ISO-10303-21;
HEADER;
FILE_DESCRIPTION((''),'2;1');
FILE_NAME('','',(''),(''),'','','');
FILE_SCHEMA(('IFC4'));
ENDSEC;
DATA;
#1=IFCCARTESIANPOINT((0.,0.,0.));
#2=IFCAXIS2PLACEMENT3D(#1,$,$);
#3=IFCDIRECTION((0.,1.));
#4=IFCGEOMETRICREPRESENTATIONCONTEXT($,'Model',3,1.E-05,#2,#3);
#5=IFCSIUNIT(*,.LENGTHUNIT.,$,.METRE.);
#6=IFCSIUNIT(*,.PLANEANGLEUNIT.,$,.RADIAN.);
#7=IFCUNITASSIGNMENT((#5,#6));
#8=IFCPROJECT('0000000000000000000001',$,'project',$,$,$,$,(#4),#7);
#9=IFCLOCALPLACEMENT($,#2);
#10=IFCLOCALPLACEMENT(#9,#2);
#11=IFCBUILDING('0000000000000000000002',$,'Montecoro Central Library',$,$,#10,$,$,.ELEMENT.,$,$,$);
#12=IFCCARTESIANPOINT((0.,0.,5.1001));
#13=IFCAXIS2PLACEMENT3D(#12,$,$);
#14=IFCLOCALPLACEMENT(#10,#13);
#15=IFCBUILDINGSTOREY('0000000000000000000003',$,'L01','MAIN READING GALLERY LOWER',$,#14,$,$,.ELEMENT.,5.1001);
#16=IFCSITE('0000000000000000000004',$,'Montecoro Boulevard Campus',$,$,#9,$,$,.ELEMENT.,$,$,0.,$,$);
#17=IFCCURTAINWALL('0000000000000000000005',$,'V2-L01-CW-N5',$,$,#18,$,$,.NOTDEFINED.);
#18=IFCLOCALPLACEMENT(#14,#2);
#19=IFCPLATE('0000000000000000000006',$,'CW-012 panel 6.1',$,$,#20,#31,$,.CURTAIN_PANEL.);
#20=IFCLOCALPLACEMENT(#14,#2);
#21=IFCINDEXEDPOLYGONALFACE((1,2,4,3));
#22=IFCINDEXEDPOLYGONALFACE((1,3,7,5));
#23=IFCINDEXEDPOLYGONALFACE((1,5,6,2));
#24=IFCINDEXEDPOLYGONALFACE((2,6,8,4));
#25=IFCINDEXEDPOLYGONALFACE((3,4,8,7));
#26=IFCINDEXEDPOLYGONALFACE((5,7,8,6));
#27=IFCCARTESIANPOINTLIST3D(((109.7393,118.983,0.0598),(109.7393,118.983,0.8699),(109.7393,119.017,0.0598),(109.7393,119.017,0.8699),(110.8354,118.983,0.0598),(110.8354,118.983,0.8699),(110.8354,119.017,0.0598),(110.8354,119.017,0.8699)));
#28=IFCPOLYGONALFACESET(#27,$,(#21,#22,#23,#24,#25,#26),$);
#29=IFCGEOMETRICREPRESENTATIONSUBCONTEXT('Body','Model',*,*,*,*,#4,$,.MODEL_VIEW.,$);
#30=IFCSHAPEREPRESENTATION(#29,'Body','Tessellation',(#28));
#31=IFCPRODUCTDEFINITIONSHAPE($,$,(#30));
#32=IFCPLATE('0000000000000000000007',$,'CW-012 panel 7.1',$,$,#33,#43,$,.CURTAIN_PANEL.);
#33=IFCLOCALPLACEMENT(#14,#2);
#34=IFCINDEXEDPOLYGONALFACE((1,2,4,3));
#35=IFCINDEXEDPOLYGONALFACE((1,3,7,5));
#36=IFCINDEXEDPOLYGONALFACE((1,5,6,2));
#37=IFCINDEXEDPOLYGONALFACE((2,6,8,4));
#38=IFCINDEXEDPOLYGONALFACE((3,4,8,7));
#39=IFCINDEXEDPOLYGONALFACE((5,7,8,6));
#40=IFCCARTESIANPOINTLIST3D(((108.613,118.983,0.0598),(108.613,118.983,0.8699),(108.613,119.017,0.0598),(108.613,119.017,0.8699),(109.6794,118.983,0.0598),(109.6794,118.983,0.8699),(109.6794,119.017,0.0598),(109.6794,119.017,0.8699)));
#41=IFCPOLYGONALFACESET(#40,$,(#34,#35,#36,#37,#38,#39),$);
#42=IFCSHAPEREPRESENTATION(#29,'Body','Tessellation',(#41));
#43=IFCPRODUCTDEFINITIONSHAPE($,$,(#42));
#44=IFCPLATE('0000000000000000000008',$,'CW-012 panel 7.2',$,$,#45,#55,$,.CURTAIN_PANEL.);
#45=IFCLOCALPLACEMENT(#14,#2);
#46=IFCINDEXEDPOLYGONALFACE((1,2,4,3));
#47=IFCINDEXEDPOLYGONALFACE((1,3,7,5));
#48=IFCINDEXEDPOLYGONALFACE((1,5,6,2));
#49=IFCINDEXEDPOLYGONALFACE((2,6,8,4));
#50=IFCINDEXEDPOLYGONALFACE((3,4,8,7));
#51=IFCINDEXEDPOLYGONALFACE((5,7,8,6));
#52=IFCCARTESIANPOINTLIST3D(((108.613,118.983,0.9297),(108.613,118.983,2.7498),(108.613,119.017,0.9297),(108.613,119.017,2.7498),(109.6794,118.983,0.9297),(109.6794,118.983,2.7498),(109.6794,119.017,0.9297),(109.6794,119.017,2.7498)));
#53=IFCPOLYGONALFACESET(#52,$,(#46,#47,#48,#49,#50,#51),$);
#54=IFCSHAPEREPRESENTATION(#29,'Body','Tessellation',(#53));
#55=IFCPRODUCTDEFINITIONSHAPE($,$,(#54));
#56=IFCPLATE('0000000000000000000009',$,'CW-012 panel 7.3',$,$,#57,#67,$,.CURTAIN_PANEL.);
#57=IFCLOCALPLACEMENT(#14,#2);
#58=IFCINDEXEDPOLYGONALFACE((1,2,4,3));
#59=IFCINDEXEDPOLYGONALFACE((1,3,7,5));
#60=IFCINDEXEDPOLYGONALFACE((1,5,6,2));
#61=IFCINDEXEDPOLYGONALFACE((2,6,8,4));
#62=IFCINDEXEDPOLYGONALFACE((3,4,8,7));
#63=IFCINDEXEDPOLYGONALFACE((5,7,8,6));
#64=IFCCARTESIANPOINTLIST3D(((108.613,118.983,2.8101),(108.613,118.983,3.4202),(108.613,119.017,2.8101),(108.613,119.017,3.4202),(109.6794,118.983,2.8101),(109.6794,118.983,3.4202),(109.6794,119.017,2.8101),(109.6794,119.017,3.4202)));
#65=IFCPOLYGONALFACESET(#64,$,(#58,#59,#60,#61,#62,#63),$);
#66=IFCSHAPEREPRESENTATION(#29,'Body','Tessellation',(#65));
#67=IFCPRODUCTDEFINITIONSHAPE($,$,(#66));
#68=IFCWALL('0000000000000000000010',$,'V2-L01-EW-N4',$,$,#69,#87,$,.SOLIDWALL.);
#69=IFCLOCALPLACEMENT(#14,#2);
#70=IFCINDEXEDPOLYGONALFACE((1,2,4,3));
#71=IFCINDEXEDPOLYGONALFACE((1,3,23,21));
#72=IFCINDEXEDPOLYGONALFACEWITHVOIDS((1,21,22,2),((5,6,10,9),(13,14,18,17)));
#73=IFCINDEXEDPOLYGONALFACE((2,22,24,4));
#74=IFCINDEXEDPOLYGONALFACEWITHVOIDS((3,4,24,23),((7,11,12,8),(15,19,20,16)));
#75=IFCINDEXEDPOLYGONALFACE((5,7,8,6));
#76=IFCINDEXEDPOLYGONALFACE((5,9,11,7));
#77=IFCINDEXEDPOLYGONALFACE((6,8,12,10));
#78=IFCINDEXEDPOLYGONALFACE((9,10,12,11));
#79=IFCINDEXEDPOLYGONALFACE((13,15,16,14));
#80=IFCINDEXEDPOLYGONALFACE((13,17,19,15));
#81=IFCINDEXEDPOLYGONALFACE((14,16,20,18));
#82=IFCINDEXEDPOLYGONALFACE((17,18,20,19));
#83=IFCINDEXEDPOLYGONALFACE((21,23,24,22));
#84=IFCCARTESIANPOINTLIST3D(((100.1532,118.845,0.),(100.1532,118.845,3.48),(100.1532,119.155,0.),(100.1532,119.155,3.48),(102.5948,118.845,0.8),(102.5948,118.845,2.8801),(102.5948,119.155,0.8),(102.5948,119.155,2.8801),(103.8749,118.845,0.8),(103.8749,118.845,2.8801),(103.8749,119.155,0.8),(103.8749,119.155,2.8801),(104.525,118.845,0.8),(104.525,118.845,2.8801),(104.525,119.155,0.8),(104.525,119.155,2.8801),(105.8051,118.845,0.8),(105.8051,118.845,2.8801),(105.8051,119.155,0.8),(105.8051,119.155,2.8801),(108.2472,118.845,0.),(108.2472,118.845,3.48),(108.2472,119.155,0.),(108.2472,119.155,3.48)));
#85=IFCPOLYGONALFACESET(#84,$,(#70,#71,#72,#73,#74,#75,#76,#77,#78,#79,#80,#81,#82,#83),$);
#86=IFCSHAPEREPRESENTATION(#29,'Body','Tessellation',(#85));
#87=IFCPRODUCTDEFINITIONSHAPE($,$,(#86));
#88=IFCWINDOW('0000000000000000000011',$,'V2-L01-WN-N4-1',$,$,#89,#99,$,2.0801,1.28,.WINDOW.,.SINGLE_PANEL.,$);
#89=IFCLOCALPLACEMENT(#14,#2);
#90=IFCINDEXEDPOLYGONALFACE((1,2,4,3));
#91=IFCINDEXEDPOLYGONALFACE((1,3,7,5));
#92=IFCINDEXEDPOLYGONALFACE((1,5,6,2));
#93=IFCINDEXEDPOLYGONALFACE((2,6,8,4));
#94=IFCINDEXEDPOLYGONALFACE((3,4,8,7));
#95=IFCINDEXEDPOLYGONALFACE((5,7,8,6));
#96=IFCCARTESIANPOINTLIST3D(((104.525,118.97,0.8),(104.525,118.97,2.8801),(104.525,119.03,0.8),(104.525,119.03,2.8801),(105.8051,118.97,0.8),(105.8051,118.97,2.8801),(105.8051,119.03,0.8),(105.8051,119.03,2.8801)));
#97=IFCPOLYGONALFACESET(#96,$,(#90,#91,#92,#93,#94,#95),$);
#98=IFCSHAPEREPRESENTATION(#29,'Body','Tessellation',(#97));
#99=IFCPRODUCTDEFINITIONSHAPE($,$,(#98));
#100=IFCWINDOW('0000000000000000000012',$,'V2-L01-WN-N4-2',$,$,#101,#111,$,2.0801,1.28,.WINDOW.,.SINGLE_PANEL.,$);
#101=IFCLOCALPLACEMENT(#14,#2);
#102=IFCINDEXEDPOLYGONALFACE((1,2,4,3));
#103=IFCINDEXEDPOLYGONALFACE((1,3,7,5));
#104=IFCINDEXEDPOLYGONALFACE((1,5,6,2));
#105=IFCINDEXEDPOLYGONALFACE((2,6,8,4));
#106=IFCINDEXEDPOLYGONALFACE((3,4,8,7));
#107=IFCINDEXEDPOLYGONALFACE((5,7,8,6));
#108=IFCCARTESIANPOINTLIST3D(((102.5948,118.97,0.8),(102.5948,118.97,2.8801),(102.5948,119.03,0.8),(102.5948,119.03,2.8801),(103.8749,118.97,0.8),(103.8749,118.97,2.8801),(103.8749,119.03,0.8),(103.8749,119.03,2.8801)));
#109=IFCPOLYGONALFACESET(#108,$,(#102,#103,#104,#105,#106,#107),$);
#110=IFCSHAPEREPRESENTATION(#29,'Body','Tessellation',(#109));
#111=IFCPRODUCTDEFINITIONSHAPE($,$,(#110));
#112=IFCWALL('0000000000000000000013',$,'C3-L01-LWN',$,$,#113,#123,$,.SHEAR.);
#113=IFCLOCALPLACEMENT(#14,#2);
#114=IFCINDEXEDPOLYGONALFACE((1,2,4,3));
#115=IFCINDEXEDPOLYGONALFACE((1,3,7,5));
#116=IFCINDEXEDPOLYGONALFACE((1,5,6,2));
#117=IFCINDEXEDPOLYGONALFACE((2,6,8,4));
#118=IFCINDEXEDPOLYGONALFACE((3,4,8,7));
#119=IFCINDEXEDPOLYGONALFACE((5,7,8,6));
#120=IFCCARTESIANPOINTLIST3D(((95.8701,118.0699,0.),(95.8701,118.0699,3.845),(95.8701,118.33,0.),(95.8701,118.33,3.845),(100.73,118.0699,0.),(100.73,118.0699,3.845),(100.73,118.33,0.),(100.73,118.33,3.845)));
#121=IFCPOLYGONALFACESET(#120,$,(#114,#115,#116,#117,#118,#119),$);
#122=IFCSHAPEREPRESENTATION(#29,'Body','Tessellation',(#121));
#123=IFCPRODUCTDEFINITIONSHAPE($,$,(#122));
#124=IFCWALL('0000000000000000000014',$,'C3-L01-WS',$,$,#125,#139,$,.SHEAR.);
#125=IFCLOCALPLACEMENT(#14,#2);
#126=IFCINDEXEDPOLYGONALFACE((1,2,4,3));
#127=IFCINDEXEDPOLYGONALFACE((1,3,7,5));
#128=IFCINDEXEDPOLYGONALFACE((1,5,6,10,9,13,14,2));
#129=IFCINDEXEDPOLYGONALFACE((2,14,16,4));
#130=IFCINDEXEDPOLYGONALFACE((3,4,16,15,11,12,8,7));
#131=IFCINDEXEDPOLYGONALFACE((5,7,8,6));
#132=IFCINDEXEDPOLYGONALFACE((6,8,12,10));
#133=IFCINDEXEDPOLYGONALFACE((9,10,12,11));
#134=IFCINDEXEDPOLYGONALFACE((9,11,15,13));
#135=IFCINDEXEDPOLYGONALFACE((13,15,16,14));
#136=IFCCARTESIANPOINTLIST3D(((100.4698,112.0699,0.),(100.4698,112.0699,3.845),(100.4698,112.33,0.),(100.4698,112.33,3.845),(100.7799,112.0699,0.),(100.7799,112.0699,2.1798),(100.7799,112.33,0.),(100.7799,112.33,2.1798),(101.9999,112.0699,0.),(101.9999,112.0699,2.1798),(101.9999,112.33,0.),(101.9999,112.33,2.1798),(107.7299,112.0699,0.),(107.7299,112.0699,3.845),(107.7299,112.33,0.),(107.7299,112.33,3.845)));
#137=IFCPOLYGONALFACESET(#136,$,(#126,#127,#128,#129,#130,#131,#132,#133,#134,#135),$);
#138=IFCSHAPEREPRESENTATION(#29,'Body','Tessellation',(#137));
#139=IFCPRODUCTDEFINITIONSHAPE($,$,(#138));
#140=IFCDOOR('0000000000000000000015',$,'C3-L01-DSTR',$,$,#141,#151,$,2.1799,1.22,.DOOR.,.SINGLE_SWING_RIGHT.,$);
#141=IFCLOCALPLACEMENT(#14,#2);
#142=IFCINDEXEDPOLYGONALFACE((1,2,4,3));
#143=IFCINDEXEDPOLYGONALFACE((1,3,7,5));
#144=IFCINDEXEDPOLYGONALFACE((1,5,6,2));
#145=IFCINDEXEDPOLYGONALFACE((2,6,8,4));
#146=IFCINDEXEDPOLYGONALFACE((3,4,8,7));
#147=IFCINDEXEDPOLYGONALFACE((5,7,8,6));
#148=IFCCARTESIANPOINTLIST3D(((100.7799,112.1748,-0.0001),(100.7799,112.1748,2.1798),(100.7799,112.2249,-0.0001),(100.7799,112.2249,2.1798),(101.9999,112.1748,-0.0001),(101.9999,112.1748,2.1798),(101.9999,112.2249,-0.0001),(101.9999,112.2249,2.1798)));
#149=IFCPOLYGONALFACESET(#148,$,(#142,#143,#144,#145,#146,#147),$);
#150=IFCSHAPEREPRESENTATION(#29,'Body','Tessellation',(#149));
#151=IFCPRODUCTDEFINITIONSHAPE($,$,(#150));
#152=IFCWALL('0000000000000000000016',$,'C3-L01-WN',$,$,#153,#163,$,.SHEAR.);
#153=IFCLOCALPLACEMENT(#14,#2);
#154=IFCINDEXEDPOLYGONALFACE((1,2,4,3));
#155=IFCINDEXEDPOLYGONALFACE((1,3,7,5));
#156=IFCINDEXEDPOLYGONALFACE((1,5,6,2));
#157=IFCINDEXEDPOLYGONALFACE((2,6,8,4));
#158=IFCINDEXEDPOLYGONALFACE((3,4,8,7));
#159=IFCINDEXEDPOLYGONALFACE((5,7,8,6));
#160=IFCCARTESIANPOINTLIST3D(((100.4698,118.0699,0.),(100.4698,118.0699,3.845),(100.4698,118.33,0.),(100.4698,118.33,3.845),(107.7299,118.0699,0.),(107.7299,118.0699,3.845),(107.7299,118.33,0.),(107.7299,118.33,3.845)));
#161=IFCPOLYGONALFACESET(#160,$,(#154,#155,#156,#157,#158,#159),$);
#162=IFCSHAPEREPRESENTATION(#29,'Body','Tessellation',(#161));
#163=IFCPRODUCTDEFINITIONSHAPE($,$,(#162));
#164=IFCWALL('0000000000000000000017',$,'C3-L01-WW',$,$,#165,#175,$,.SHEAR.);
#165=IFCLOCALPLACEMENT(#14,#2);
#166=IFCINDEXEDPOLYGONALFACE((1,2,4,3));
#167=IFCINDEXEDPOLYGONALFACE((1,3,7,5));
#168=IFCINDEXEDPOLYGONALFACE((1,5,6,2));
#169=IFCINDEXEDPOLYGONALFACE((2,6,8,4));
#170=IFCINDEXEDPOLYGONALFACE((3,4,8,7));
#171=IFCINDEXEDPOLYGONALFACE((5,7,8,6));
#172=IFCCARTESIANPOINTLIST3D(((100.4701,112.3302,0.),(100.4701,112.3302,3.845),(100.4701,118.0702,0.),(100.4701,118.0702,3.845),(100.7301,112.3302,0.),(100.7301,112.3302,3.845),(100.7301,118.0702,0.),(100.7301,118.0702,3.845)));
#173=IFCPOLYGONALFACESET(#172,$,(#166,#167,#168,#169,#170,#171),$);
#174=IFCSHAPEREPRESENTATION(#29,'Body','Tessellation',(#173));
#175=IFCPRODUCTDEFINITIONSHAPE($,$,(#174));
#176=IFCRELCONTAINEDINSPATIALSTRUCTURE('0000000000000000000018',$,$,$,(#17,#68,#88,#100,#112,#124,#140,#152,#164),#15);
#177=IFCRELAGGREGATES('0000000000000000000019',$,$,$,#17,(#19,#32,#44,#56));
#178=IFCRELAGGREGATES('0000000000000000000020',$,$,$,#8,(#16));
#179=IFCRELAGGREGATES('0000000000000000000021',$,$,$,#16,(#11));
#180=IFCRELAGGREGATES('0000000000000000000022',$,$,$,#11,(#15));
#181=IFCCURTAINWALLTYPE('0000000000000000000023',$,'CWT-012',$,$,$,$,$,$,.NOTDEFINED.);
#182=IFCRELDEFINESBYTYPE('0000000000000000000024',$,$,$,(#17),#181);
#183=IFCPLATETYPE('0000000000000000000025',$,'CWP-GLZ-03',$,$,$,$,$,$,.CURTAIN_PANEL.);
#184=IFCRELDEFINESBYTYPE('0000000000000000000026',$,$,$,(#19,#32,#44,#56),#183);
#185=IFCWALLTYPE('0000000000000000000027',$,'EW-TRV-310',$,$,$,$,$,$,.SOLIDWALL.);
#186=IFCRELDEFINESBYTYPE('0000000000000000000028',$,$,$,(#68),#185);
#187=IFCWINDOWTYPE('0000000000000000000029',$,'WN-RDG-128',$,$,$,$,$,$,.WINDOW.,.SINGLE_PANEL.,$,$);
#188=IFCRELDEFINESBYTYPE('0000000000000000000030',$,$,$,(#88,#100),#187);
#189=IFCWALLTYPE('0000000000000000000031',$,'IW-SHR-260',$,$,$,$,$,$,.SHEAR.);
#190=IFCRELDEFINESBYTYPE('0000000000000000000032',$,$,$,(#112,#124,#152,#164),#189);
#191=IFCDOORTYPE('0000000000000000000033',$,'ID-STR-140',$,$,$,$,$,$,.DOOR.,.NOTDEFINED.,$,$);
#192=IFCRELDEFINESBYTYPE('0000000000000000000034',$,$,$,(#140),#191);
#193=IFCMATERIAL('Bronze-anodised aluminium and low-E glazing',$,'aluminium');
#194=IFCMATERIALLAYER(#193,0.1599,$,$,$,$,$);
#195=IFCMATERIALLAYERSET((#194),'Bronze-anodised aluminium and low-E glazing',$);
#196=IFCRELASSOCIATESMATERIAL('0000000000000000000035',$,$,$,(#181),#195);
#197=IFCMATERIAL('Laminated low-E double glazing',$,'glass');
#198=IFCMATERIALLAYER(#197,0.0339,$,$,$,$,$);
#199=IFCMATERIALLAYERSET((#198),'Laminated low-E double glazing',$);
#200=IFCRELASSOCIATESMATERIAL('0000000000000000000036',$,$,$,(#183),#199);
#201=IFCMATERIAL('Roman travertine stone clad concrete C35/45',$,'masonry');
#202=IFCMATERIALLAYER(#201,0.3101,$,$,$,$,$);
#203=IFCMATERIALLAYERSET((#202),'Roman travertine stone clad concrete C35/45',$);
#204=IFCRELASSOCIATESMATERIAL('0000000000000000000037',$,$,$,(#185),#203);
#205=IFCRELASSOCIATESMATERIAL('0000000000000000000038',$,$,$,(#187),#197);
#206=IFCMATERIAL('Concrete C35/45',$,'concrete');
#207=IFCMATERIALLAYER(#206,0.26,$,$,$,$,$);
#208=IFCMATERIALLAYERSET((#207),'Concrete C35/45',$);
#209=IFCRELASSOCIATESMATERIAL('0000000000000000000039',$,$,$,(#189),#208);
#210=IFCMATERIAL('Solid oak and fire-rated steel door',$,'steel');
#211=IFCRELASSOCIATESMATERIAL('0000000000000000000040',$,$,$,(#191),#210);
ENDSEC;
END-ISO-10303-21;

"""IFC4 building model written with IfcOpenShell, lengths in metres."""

from ifc_helpers import new_model, si_unit, direction, frame, frame_2d, origin, origin_2d, place, context, subcontext, project, spatial, rectangle, extrude, material, layer, layer_set, type_object, element, fill, aggregate, save


model = new_model("IFC4")

# Units and contexts
model_context = context("Model", 3, precision=1e-05, world=origin(), true_north=direction((0.0, 1.0)))
body_context = subcontext(model_context, "Body", "Model", "MODEL_VIEW")
ifc_project = project(units=[si_unit("LENGTHUNIT", "METRE"), si_unit("PLANEANGLEUNIT", "RADIAN")], contexts=[model_context])

# Site, building, storey
site_placement = place(None, origin())
site = spatial("IfcSite", under=ifc_project, at=site_placement, Name="Montecoro Boulevard Campus", CompositionType="ELEMENT", RefElevation=0.0)
building_placement = place(site_placement, origin())
building = spatial("IfcBuilding", under=site, at=building_placement, Name="Montecoro Central Library", CompositionType="ELEMENT")
storey_placement = place(building_placement, frame((0.0, 0.0, 5.1001)))
storey = spatial("IfcBuildingStorey", under=building, at=storey_placement, Name="L01", Description="MAIN READING GALLERY LOWER", CompositionType="ELEMENT", Elevation=5.1001)

# Shared definitions
ifc_material_1 = material(Name="Concrete C35/45", Category="concrete")

# Curtain wall, plates
ifc_material_2 = material(Name="Bronze-anodised aluminium and low-E glazing", Category="aluminium")
ifc_layer_1 = layer(ifc_material_2, 0.1599)
ifc_layer_set_1 = layer_set([ifc_layer_1], Name="Bronze-anodised aluminium and low-E glazing")
curtain_wall_type = type_object("IfcCurtainWallType", Name="CWT-012", PredefinedType="NOTDEFINED", material=ifc_layer_set_1)
curtain_wall_placement = place(storey_placement, origin())
curtain_wall = element("IfcCurtainWall", 1, at=curtain_wall_placement, inside=storey, type_object=curtain_wall_type, Name="V2-L01-CW-N5", PredefinedType="NOTDEFINED")
ifc_material_3 = material(Name="Laminated low-E double glazing", Category="glass")
ifc_layer_2 = layer(ifc_material_3, 0.0339)
ifc_layer_set_2 = layer_set([ifc_layer_2], Name="Laminated low-E double glazing")
plate_type = type_object("IfcPlateType", Name="CWP-GLZ-03", PredefinedType="CURTAIN_PANEL", material=ifc_layer_set_2)
plate_1_placement = place(storey_placement, frame((110.2874, 119.0, 0.0598), z_axis=(0.0, 0.0, 1.0), x_axis=(-1.0, 0.0, 0.0)))
plate_1 = element("IfcPlate", 2, at=plate_1_placement, type_object=plate_type, Name="CW-012 panel 6.1", PredefinedType="CURTAIN_PANEL", context=body_context, shape_type="SweptSolid", body=[
    extrude(rectangle(XDim=1.0962, YDim=0.0339, at=origin_2d()), origin(), (0.0, 0.0, 1.0), 0.8101),
])
plate_2_placement = place(storey_placement, frame((109.1462, 119.0, 0.0598), z_axis=(0.0, 0.0, 1.0), x_axis=(-1.0, 0.0, 0.0)))
plate_2 = element("IfcPlate", 3, at=plate_2_placement, type_object=plate_type, Name="CW-012 panel 7.1", PredefinedType="CURTAIN_PANEL", context=body_context, shape_type="SweptSolid", body=[
    extrude(rectangle(XDim=1.0664, YDim=0.0339, at=origin_2d()), origin(), (0.0, 0.0, 1.0), 0.8101),
])
plate_3_placement = place(storey_placement, frame((109.1462, 119.0, 0.9297), z_axis=(0.0, 0.0, 1.0), x_axis=(-1.0, 0.0, 0.0)))
plate_3 = element("IfcPlate", 4, at=plate_3_placement, type_object=plate_type, Name="CW-012 panel 7.2", PredefinedType="CURTAIN_PANEL", context=body_context, shape_type="SweptSolid", body=[
    extrude(rectangle(XDim=1.0664, YDim=0.0339, at=origin_2d()), origin(), (0.0, 0.0, 1.0), 1.8201),
])
plate_4_placement = place(storey_placement, frame((109.1462, 119.0, 2.8101), z_axis=(0.0, 0.0, 1.0), x_axis=(-1.0, 0.0, 0.0)))
plate_4 = element("IfcPlate", 5, at=plate_4_placement, type_object=plate_type, Name="CW-012 panel 7.3", PredefinedType="CURTAIN_PANEL", context=body_context, shape_type="SweptSolid", body=[
    extrude(rectangle(XDim=1.0664, YDim=0.0339, at=origin_2d()), origin(), (0.0, 0.0, 1.0), 0.6101),
])
aggregate(curtain_wall, [plate_1, plate_2, plate_3, plate_4])

# Wall, openings, windows
ifc_material_4 = material(Name="Roman travertine stone clad concrete C35/45", Category="masonry")
ifc_layer_3 = layer(ifc_material_4, 0.3101)
ifc_layer_set_3 = layer_set([ifc_layer_3], Name="Roman travertine stone clad concrete C35/45")
wall_type_1 = type_object("IfcWallType", Name="EW-TRV-310", PredefinedType="SOLIDWALL", material=ifc_layer_set_3)
wall_1_placement = place(storey_placement, frame((108.2471, 119.0, 0.0), z_axis=(0.0, 0.0, 1.0), x_axis=(-1.0, 0.0, 0.0)))
wall_1 = element("IfcWall", 6, at=wall_1_placement, inside=storey, type_object=wall_type_1, Name="V2-L01-EW-N4", PredefinedType="SOLIDWALL", context=body_context, shape_type="SweptSolid", body=[
    extrude(rectangle(XDim=8.094, YDim=0.3101, at=frame_2d((4.0469, 0.0))), origin(), (0.0, 0.0, 1.0), 3.48),
])
opening_1_placement = place(wall_1_placement, frame((2.4419, 0.0, 0.8)))
opening_1 = element("IfcOpeningElement", 7, at=opening_1_placement, cuts=wall_1, PredefinedType="OPENING", context=body_context, shape_type="SweptSolid", body=[
    extrude(rectangle(XDim=1.28, YDim=2.0801, at=frame_2d((0.6401, 1.04))), frame((0.0, 0.165, 0.0), z_axis=(0.0, -1.0, 0.0), x_axis=(1.0, 0.0, 0.0)), (0.0, 0.0, 1.0), 0.3301),
])
opening_2_placement = place(wall_1_placement, frame((4.3721, 0.0, 0.8)))
opening_2 = element("IfcOpeningElement", 8, at=opening_2_placement, cuts=wall_1, PredefinedType="OPENING", context=body_context, shape_type="SweptSolid", body=[
    extrude(rectangle(XDim=1.28, YDim=2.0801, at=frame_2d((0.6401, 1.04))), frame((0.0, 0.165, 0.0), z_axis=(0.0, -1.0, 0.0), x_axis=(1.0, 0.0, 0.0)), (0.0, 0.0, 1.0), 0.3301),
])
window_type = type_object("IfcWindowType", Name="WN-RDG-128", PartitioningType="SINGLE_PANEL", PredefinedType="WINDOW", material=ifc_material_3)
window_1_placement = place(opening_1_placement, origin())
window_1 = element("IfcWindow", 9, at=window_1_placement, inside=storey, type_object=window_type, Name="V2-L01-WN-N4-1", OverallHeight=2.0801, OverallWidth=1.28, PartitioningType="SINGLE_PANEL", PredefinedType="WINDOW", context=body_context, shape_type="SweptSolid", body=[
    extrude(rectangle(XDim=1.28, YDim=2.0801, at=frame_2d((0.6401, 1.04))), frame((0.0, 0.03, 0.0), z_axis=(0.0, -1.0, 0.0), x_axis=(1.0, 0.0, 0.0)), (0.0, 0.0, 1.0), 0.0601),
])
fill(opening_1, window_1)
window_2_placement = place(opening_2_placement, origin())
window_2 = element("IfcWindow", 10, at=window_2_placement, inside=storey, type_object=window_type, Name="V2-L01-WN-N4-2", OverallHeight=2.0801, OverallWidth=1.28, PartitioningType="SINGLE_PANEL", PredefinedType="WINDOW", context=body_context, shape_type="SweptSolid", body=[
    extrude(rectangle(XDim=1.28, YDim=2.0801, at=frame_2d((0.6401, 1.04))), frame((0.0, 0.03, 0.0), z_axis=(0.0, -1.0, 0.0), x_axis=(1.0, 0.0, 0.0)), (0.0, 0.0, 1.0), 0.0601),
])
fill(opening_2, window_2)

# Wall
ifc_layer_4 = layer(ifc_material_1, 0.26)
ifc_layer_set_4 = layer_set([ifc_layer_4], Name="Concrete C35/45")
wall_type_2 = type_object("IfcWallType", Name="IW-SHR-260", PredefinedType="SHEAR", material=ifc_layer_set_4)
wall_2_placement = place(storey_placement, frame((100.73, 118.2, 0.0), z_axis=(0.0, 0.0, 1.0), x_axis=(-1.0, 0.0, 0.0)))
element("IfcWall", 11, at=wall_2_placement, inside=storey, type_object=wall_type_2, Name="C3-L01-LWN", PredefinedType="SHEAR", context=body_context, shape_type="SweptSolid", body=[
    extrude(rectangle(XDim=4.8599, YDim=0.26, at=frame_2d((2.4299, 0.0))), origin(), (0.0, 0.0, 1.0), 3.845),
])

# Wall, opening, door
wall_3_placement = place(storey_placement, frame((100.47, 112.2, 0.0), z_axis=(0.0, 0.0, 1.0), x_axis=(1.0, 0.0, 0.0)))
wall_3 = element("IfcWall", 12, at=wall_3_placement, inside=storey, type_object=wall_type_2, Name="C3-L01-WS", PredefinedType="SHEAR", context=body_context, shape_type="SweptSolid", body=[
    extrude(rectangle(XDim=7.26, YDim=0.26, at=frame_2d((3.6299, 0.0))), origin(), (0.0, 0.0, 1.0), 3.845),
])
opening_3_placement = place(wall_3_placement, frame((0.3101, 0.0, 0.0)))
opening_3 = element("IfcOpeningElement", 13, at=opening_3_placement, cuts=wall_3, PredefinedType="OPENING", context=body_context, shape_type="SweptSolid", body=[
    extrude(rectangle(XDim=1.22, YDim=2.1799, at=frame_2d((0.6099, 1.0898))), frame((0.0, 0.1399, 0.0), z_axis=(0.0, -1.0, 0.0), x_axis=(1.0, 0.0, 0.0)), (0.0, 0.0, 1.0), 0.28),
])
ifc_material_5 = material(Name="Solid oak and fire-rated steel door", Category="steel")
door_type = type_object("IfcDoorType", Name="ID-STR-140", OperationType="NOTDEFINED", PredefinedType="DOOR", material=ifc_material_5)
door_placement = place(opening_3_placement, origin())
door = element("IfcDoor", 14, at=door_placement, inside=storey, type_object=door_type, Name="C3-L01-DSTR", OperationType="SINGLE_SWING_RIGHT", OverallHeight=2.1799, OverallWidth=1.22, PredefinedType="DOOR", context=body_context, shape_type="SweptSolid", body=[
    extrude(rectangle(XDim=1.22, YDim=2.1799, at=frame_2d((0.6099, 1.0898))), frame((0.0, 0.0249, 0.0), z_axis=(0.0, -1.0, 0.0), x_axis=(1.0, 0.0, 0.0)), (0.0, 0.0, 1.0), 0.05),
])
fill(opening_3, door)

# Walls
wall_4_placement = place(storey_placement, frame((100.47, 118.2, 0.0), z_axis=(0.0, 0.0, 1.0), x_axis=(1.0, 0.0, 0.0)))
element("IfcWall", 15, at=wall_4_placement, inside=storey, type_object=wall_type_2, Name="C3-L01-WN", PredefinedType="SHEAR", context=body_context, shape_type="SweptSolid", body=[
    extrude(rectangle(XDim=7.26, YDim=0.26, at=frame_2d((3.6299, 0.0))), origin(), (0.0, 0.0, 1.0), 3.845),
])
for number, where, z_axis, x_axis, name in (
    (16, (100.6001, 112.3301, 0.0), (0.0, 0.0, 1.0), (0.0, 1.0, 0.0), "C3-L01-WW"),
):
    element("IfcWall", number, at=place(storey_placement, frame(where, z_axis=z_axis, x_axis=x_axis)), inside=storey, type_object=wall_type_2, Name=name, PredefinedType="SHEAR", context=body_context, shape_type="SweptSolid", body=[
        extrude(rectangle(XDim=5.74, YDim=0.26, at=frame_2d((2.8701, 0.0))), origin(), (0.0, 0.0, 1.0), 3.845),
    ])

save(model, "model.ifc")
